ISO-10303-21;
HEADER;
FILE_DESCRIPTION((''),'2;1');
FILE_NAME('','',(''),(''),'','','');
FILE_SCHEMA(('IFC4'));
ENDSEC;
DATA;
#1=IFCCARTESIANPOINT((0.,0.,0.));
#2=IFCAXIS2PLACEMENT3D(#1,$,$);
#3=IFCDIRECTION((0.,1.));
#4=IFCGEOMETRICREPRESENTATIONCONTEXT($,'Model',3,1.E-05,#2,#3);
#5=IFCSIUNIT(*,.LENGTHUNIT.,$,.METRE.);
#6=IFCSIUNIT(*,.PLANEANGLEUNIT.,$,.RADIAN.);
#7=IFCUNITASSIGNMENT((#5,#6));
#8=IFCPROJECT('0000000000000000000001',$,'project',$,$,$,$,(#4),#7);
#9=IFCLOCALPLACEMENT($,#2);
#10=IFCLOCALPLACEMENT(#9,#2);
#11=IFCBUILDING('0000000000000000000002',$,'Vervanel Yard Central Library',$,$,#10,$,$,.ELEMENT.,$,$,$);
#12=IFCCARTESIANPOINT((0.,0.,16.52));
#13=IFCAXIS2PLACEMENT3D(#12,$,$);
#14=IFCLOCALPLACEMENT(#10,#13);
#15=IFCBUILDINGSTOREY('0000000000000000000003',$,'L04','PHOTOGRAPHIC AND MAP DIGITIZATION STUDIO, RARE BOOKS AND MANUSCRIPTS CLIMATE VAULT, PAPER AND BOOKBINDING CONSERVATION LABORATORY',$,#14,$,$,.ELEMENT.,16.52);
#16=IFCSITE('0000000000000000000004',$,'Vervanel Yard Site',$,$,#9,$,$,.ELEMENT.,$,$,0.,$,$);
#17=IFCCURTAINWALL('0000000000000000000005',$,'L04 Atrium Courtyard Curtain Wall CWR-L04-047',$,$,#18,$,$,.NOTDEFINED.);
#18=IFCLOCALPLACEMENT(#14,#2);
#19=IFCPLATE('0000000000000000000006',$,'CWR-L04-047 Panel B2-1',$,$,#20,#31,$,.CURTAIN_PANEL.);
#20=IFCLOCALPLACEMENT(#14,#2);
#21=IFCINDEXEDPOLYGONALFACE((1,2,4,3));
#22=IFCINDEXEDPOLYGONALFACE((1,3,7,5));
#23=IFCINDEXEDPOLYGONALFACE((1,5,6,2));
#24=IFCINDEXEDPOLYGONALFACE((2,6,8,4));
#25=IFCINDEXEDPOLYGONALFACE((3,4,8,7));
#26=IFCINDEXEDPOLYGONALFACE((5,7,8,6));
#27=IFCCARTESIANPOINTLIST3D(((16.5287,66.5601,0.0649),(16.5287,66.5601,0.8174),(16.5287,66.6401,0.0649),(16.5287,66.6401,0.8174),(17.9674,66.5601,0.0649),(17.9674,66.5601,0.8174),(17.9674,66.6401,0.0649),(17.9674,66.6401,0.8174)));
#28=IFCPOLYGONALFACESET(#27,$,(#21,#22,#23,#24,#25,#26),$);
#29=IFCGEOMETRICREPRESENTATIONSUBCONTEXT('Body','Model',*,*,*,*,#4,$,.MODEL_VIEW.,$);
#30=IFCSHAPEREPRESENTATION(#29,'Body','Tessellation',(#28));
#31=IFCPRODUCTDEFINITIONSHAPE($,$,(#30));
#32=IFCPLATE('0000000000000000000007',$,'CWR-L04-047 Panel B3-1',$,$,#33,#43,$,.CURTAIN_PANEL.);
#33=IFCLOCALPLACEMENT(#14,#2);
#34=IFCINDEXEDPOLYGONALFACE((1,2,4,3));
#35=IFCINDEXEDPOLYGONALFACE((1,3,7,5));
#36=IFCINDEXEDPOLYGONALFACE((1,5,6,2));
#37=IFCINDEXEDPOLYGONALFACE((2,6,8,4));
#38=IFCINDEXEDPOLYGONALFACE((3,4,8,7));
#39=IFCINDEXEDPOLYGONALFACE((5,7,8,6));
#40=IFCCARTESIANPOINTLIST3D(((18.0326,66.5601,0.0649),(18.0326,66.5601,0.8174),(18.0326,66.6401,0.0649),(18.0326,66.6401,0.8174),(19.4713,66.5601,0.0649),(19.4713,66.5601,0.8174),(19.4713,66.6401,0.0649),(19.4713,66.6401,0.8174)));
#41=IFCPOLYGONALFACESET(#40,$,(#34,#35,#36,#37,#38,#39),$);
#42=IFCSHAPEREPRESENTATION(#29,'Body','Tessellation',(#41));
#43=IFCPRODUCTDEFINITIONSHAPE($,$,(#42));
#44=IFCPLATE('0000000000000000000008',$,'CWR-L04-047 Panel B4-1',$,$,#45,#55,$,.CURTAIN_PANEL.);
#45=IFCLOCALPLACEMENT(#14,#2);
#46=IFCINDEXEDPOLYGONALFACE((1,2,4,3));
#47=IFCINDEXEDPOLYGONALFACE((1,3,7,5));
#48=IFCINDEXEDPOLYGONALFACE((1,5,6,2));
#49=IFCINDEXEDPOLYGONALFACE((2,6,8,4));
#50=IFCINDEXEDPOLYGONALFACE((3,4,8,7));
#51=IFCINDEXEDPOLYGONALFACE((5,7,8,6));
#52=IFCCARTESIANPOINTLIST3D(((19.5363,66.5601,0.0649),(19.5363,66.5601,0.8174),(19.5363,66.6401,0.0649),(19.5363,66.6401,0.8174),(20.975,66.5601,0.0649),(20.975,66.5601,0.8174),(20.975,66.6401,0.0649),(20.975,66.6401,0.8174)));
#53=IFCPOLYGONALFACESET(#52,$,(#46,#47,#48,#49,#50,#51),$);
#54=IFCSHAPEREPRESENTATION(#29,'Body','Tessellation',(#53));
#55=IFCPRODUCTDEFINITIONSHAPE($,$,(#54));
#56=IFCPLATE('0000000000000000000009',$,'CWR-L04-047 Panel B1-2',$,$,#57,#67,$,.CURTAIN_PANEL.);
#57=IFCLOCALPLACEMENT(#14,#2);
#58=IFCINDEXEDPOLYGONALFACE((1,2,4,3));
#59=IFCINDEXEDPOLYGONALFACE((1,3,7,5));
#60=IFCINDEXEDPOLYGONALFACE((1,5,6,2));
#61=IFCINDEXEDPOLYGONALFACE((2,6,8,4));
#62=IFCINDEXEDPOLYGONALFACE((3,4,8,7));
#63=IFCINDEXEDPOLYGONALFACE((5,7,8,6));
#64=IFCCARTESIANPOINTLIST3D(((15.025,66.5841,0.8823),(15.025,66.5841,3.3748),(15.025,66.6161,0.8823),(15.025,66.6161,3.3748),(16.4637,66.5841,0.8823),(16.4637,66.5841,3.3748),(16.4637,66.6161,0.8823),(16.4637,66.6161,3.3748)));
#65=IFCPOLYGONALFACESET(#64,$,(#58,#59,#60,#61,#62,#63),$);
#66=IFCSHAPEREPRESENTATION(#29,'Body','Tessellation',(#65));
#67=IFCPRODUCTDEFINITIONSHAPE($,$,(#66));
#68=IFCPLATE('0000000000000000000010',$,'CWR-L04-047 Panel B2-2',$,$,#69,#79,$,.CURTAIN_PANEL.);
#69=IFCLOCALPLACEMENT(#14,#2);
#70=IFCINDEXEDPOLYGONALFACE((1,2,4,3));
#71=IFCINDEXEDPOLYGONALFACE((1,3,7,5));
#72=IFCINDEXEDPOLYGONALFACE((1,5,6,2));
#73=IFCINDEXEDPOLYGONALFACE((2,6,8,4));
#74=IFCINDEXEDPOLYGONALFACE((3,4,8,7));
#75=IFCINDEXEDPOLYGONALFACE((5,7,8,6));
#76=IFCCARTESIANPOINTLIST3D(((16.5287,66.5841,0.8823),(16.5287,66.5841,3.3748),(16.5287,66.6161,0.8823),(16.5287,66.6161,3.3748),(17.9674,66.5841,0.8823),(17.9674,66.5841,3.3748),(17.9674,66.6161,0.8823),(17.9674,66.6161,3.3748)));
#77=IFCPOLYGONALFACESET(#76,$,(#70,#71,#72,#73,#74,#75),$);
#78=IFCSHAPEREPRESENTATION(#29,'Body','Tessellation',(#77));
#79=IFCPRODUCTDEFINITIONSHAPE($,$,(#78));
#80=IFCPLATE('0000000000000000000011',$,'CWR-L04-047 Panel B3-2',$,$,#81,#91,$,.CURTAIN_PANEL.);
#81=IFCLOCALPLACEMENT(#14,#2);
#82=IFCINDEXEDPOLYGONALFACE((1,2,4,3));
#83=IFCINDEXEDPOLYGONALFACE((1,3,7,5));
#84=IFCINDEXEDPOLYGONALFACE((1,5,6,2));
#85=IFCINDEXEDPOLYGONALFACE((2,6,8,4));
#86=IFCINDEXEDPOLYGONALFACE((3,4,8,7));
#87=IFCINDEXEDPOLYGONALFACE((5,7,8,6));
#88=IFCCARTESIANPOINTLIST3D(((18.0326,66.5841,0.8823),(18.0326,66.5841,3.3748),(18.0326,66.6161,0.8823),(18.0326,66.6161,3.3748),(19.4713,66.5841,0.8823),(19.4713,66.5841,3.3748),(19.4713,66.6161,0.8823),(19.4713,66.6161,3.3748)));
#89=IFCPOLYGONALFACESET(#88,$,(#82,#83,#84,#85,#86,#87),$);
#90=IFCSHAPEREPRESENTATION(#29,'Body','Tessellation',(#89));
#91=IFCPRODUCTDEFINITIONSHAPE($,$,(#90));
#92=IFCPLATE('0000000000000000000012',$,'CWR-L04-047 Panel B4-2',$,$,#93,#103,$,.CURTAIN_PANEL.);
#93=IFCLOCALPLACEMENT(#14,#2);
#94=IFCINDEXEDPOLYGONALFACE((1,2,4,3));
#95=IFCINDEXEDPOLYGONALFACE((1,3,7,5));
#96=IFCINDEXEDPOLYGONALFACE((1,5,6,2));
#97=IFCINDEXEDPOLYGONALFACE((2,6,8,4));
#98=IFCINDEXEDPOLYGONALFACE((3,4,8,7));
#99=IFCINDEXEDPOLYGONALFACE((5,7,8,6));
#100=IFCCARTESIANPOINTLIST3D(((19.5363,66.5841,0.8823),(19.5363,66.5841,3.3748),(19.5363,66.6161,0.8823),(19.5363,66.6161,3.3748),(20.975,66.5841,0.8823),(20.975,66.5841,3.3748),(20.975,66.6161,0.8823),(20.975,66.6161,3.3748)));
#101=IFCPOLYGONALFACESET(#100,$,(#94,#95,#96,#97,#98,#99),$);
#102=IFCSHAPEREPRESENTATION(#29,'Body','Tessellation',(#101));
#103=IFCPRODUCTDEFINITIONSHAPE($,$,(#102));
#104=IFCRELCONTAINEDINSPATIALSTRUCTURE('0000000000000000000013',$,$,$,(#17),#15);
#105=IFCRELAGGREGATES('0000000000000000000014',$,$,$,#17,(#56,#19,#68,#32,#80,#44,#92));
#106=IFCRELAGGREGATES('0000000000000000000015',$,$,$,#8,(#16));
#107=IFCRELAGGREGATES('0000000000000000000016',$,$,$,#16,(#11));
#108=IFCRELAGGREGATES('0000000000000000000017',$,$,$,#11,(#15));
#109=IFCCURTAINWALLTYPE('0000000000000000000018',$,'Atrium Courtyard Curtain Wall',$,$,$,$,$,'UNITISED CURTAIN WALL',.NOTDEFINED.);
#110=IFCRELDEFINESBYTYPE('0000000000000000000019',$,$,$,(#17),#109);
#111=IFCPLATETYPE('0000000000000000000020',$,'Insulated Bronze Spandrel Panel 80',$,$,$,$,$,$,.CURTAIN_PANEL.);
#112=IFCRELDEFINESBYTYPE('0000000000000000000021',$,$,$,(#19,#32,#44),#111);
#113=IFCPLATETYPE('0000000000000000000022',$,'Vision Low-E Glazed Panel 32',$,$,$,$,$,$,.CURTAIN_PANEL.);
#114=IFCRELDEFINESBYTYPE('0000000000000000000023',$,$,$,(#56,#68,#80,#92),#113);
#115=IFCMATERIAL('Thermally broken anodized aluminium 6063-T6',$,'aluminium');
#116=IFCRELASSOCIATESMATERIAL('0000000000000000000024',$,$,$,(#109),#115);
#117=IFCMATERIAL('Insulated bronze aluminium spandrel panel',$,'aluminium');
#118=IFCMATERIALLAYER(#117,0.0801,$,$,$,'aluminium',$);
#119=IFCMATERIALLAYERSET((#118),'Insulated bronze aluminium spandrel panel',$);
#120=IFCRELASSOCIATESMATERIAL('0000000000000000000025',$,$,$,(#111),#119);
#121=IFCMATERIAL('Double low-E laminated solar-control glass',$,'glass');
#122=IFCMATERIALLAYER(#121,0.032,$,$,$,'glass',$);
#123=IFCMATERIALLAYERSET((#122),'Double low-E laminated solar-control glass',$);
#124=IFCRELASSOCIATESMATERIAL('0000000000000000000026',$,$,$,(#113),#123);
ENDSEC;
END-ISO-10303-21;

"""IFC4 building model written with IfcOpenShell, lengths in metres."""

from ifc_helpers import new_model, si_unit, direction, frame, origin, origin_2d, place, context, subcontext, project, spatial, rectangle, extrude, material, layer, layer_set, type_object, element, aggregate, save


model = new_model("IFC4")

# Units and contexts
model_context = context("Model", 3, precision=1e-05, world=origin(), true_north=direction((0.0, 1.0)))
body_context = subcontext(model_context, "Body", "Model", "MODEL_VIEW")
ifc_project = project(units=[si_unit("LENGTHUNIT", "METRE"), si_unit("PLANEANGLEUNIT", "RADIAN")], contexts=[model_context])

# Site, building, storey
site_placement = place(None, origin())
site = spatial("IfcSite", under=ifc_project, at=site_placement, Name="Vervanel Yard Site", CompositionType="ELEMENT", RefElevation=0.0)
building_placement = place(site_placement, origin())
building = spatial("IfcBuilding", under=site, at=building_placement, Name="Vervanel Yard Central Library", CompositionType="ELEMENT")
storey_placement = place(building_placement, frame((0.0, 0.0, 16.52)))
storey = spatial("IfcBuildingStorey", under=building, at=storey_placement, Name="L04", Description="PHOTOGRAPHIC AND MAP DIGITIZATION STUDIO, RARE BOOKS AND MANUSCRIPTS CLIMATE VAULT, PAPER AND BOOKBINDING CONSERVATION LABORATORY", CompositionType="ELEMENT", Elevation=16.52)

# Curtain wall, plates
ifc_material_1 = material(Name="Thermally broken anodized aluminium 6063-T6", Category="aluminium")
curtain_wall_type = type_object("IfcCurtainWallType", Name="Atrium Courtyard Curtain Wall", ElementType="UNITISED CURTAIN WALL", PredefinedType="NOTDEFINED", material=ifc_material_1)
curtain_wall_placement = place(storey_placement, origin())
curtain_wall = element("IfcCurtainWall", 1, at=curtain_wall_placement, inside=storey, type_object=curtain_wall_type, Name="L04 Atrium Courtyard Curtain Wall CWR-L04-047", PredefinedType="NOTDEFINED")
ifc_material_2 = material(Name="Insulated bronze aluminium spandrel panel", Category="aluminium")
ifc_layer_1 = layer(ifc_material_2, 0.0801, Category="aluminium")
ifc_layer_set_1 = layer_set([ifc_layer_1], Name="Insulated bronze aluminium spandrel panel")
plate_type_1 = type_object("IfcPlateType", Name="Insulated Bronze Spandrel Panel 80", PredefinedType="CURTAIN_PANEL", material=ifc_layer_set_1)
plate_1_placement = place(storey_placement, frame((17.248, 66.6001, 0.0649), z_axis=(0.0, 0.0, 1.0), x_axis=(1.0, 0.0, 0.0)))
plate_1 = element("IfcPlate", 2, at=plate_1_placement, type_object=plate_type_1, Name="CWR-L04-047 Panel B2-1", PredefinedType="CURTAIN_PANEL", context=body_context, shape_type="SweptSolid", body=[
    extrude(rectangle(XDim=1.4387, YDim=0.0801, at=origin_2d()), origin(), (0.0, 0.0, 1.0), 0.7524),
])
plate_2_placement = place(storey_placement, frame((18.752, 66.6001, 0.0649), z_axis=(0.0, 0.0, 1.0), x_axis=(1.0, 0.0, 0.0)))
plate_2 = element("IfcPlate", 3, at=plate_2_placement, type_object=plate_type_1, Name="CWR-L04-047 Panel B3-1", PredefinedType="CURTAIN_PANEL", context=body_context, shape_type="SweptSolid", body=[
    extrude(rectangle(XDim=1.4387, YDim=0.0801, at=origin_2d()), origin(), (0.0, 0.0, 1.0), 0.7524),
])
plate_3_placement = place(storey_placement, frame((20.2556, 66.6001, 0.0649), z_axis=(0.0, 0.0, 1.0), x_axis=(1.0, 0.0, 0.0)))
plate_3 = element("IfcPlate", 4, at=plate_3_placement, type_object=plate_type_1, Name="CWR-L04-047 Panel B4-1", PredefinedType="CURTAIN_PANEL", context=body_context, shape_type="SweptSolid", body=[
    extrude(rectangle(XDim=1.4387, YDim=0.0801, at=origin_2d()), origin(), (0.0, 0.0, 1.0), 0.7524),
])
ifc_material_3 = material(Name="Double low-E laminated solar-control glass", Category="glass")
ifc_layer_2 = layer(ifc_material_3, 0.032, Category="glass")
ifc_layer_set_2 = layer_set([ifc_layer_2], Name="Double low-E laminated solar-control glass")
plate_type_2 = type_object("IfcPlateType", Name="Vision Low-E Glazed Panel 32", PredefinedType="CURTAIN_PANEL", material=ifc_layer_set_2)
plate_4_placement = place(storey_placement, frame((15.7444, 66.6001, 0.8823), z_axis=(0.0, 0.0, 1.0), x_axis=(1.0, 0.0, 0.0)))
plate_4 = element("IfcPlate", 5, at=plate_4_placement, type_object=plate_type_2, Name="CWR-L04-047 Panel B1-2", PredefinedType="CURTAIN_PANEL", context=body_context, shape_type="SweptSolid", body=[
    extrude(rectangle(XDim=1.4387, YDim=0.032, at=origin_2d()), origin(), (0.0, 0.0, 1.0), 2.4924),
])
plate_5_placement = place(storey_placement, frame((17.248, 66.6001, 0.8823), z_axis=(0.0, 0.0, 1.0), x_axis=(1.0, 0.0, 0.0)))
plate_5 = element("IfcPlate", 6, at=plate_5_placement, type_object=plate_type_2, Name="CWR-L04-047 Panel B2-2", PredefinedType="CURTAIN_PANEL", context=body_context, shape_type="SweptSolid", body=[
    extrude(rectangle(XDim=1.4387, YDim=0.032, at=origin_2d()), origin(), (0.0, 0.0, 1.0), 2.4924),
])
plate_6_placement = place(storey_placement, frame((18.752, 66.6001, 0.8823), z_axis=(0.0, 0.0, 1.0), x_axis=(1.0, 0.0, 0.0)))
plate_6 = element("IfcPlate", 7, at=plate_6_placement, type_object=plate_type_2, Name="CWR-L04-047 Panel B3-2", PredefinedType="CURTAIN_PANEL", context=body_context, shape_type="SweptSolid", body=[
    extrude(rectangle(XDim=1.4387, YDim=0.032, at=origin_2d()), origin(), (0.0, 0.0, 1.0), 2.4924),
])
plate_7_placement = place(storey_placement, frame((20.2556, 66.6001, 0.8823), z_axis=(0.0, 0.0, 1.0), x_axis=(1.0, 0.0, 0.0)))
plate_7 = element("IfcPlate", 8, at=plate_7_placement, type_object=plate_type_2, Name="CWR-L04-047 Panel B4-2", PredefinedType="CURTAIN_PANEL", context=body_context, shape_type="SweptSolid", body=[
    extrude(rectangle(XDim=1.4387, YDim=0.032, at=origin_2d()), origin(), (0.0, 0.0, 1.0), 2.4924),
])
aggregate(curtain_wall, [plate_4, plate_1, plate_5, plate_2, plate_6, plate_3, plate_7])

save(model, "model.ifc")
